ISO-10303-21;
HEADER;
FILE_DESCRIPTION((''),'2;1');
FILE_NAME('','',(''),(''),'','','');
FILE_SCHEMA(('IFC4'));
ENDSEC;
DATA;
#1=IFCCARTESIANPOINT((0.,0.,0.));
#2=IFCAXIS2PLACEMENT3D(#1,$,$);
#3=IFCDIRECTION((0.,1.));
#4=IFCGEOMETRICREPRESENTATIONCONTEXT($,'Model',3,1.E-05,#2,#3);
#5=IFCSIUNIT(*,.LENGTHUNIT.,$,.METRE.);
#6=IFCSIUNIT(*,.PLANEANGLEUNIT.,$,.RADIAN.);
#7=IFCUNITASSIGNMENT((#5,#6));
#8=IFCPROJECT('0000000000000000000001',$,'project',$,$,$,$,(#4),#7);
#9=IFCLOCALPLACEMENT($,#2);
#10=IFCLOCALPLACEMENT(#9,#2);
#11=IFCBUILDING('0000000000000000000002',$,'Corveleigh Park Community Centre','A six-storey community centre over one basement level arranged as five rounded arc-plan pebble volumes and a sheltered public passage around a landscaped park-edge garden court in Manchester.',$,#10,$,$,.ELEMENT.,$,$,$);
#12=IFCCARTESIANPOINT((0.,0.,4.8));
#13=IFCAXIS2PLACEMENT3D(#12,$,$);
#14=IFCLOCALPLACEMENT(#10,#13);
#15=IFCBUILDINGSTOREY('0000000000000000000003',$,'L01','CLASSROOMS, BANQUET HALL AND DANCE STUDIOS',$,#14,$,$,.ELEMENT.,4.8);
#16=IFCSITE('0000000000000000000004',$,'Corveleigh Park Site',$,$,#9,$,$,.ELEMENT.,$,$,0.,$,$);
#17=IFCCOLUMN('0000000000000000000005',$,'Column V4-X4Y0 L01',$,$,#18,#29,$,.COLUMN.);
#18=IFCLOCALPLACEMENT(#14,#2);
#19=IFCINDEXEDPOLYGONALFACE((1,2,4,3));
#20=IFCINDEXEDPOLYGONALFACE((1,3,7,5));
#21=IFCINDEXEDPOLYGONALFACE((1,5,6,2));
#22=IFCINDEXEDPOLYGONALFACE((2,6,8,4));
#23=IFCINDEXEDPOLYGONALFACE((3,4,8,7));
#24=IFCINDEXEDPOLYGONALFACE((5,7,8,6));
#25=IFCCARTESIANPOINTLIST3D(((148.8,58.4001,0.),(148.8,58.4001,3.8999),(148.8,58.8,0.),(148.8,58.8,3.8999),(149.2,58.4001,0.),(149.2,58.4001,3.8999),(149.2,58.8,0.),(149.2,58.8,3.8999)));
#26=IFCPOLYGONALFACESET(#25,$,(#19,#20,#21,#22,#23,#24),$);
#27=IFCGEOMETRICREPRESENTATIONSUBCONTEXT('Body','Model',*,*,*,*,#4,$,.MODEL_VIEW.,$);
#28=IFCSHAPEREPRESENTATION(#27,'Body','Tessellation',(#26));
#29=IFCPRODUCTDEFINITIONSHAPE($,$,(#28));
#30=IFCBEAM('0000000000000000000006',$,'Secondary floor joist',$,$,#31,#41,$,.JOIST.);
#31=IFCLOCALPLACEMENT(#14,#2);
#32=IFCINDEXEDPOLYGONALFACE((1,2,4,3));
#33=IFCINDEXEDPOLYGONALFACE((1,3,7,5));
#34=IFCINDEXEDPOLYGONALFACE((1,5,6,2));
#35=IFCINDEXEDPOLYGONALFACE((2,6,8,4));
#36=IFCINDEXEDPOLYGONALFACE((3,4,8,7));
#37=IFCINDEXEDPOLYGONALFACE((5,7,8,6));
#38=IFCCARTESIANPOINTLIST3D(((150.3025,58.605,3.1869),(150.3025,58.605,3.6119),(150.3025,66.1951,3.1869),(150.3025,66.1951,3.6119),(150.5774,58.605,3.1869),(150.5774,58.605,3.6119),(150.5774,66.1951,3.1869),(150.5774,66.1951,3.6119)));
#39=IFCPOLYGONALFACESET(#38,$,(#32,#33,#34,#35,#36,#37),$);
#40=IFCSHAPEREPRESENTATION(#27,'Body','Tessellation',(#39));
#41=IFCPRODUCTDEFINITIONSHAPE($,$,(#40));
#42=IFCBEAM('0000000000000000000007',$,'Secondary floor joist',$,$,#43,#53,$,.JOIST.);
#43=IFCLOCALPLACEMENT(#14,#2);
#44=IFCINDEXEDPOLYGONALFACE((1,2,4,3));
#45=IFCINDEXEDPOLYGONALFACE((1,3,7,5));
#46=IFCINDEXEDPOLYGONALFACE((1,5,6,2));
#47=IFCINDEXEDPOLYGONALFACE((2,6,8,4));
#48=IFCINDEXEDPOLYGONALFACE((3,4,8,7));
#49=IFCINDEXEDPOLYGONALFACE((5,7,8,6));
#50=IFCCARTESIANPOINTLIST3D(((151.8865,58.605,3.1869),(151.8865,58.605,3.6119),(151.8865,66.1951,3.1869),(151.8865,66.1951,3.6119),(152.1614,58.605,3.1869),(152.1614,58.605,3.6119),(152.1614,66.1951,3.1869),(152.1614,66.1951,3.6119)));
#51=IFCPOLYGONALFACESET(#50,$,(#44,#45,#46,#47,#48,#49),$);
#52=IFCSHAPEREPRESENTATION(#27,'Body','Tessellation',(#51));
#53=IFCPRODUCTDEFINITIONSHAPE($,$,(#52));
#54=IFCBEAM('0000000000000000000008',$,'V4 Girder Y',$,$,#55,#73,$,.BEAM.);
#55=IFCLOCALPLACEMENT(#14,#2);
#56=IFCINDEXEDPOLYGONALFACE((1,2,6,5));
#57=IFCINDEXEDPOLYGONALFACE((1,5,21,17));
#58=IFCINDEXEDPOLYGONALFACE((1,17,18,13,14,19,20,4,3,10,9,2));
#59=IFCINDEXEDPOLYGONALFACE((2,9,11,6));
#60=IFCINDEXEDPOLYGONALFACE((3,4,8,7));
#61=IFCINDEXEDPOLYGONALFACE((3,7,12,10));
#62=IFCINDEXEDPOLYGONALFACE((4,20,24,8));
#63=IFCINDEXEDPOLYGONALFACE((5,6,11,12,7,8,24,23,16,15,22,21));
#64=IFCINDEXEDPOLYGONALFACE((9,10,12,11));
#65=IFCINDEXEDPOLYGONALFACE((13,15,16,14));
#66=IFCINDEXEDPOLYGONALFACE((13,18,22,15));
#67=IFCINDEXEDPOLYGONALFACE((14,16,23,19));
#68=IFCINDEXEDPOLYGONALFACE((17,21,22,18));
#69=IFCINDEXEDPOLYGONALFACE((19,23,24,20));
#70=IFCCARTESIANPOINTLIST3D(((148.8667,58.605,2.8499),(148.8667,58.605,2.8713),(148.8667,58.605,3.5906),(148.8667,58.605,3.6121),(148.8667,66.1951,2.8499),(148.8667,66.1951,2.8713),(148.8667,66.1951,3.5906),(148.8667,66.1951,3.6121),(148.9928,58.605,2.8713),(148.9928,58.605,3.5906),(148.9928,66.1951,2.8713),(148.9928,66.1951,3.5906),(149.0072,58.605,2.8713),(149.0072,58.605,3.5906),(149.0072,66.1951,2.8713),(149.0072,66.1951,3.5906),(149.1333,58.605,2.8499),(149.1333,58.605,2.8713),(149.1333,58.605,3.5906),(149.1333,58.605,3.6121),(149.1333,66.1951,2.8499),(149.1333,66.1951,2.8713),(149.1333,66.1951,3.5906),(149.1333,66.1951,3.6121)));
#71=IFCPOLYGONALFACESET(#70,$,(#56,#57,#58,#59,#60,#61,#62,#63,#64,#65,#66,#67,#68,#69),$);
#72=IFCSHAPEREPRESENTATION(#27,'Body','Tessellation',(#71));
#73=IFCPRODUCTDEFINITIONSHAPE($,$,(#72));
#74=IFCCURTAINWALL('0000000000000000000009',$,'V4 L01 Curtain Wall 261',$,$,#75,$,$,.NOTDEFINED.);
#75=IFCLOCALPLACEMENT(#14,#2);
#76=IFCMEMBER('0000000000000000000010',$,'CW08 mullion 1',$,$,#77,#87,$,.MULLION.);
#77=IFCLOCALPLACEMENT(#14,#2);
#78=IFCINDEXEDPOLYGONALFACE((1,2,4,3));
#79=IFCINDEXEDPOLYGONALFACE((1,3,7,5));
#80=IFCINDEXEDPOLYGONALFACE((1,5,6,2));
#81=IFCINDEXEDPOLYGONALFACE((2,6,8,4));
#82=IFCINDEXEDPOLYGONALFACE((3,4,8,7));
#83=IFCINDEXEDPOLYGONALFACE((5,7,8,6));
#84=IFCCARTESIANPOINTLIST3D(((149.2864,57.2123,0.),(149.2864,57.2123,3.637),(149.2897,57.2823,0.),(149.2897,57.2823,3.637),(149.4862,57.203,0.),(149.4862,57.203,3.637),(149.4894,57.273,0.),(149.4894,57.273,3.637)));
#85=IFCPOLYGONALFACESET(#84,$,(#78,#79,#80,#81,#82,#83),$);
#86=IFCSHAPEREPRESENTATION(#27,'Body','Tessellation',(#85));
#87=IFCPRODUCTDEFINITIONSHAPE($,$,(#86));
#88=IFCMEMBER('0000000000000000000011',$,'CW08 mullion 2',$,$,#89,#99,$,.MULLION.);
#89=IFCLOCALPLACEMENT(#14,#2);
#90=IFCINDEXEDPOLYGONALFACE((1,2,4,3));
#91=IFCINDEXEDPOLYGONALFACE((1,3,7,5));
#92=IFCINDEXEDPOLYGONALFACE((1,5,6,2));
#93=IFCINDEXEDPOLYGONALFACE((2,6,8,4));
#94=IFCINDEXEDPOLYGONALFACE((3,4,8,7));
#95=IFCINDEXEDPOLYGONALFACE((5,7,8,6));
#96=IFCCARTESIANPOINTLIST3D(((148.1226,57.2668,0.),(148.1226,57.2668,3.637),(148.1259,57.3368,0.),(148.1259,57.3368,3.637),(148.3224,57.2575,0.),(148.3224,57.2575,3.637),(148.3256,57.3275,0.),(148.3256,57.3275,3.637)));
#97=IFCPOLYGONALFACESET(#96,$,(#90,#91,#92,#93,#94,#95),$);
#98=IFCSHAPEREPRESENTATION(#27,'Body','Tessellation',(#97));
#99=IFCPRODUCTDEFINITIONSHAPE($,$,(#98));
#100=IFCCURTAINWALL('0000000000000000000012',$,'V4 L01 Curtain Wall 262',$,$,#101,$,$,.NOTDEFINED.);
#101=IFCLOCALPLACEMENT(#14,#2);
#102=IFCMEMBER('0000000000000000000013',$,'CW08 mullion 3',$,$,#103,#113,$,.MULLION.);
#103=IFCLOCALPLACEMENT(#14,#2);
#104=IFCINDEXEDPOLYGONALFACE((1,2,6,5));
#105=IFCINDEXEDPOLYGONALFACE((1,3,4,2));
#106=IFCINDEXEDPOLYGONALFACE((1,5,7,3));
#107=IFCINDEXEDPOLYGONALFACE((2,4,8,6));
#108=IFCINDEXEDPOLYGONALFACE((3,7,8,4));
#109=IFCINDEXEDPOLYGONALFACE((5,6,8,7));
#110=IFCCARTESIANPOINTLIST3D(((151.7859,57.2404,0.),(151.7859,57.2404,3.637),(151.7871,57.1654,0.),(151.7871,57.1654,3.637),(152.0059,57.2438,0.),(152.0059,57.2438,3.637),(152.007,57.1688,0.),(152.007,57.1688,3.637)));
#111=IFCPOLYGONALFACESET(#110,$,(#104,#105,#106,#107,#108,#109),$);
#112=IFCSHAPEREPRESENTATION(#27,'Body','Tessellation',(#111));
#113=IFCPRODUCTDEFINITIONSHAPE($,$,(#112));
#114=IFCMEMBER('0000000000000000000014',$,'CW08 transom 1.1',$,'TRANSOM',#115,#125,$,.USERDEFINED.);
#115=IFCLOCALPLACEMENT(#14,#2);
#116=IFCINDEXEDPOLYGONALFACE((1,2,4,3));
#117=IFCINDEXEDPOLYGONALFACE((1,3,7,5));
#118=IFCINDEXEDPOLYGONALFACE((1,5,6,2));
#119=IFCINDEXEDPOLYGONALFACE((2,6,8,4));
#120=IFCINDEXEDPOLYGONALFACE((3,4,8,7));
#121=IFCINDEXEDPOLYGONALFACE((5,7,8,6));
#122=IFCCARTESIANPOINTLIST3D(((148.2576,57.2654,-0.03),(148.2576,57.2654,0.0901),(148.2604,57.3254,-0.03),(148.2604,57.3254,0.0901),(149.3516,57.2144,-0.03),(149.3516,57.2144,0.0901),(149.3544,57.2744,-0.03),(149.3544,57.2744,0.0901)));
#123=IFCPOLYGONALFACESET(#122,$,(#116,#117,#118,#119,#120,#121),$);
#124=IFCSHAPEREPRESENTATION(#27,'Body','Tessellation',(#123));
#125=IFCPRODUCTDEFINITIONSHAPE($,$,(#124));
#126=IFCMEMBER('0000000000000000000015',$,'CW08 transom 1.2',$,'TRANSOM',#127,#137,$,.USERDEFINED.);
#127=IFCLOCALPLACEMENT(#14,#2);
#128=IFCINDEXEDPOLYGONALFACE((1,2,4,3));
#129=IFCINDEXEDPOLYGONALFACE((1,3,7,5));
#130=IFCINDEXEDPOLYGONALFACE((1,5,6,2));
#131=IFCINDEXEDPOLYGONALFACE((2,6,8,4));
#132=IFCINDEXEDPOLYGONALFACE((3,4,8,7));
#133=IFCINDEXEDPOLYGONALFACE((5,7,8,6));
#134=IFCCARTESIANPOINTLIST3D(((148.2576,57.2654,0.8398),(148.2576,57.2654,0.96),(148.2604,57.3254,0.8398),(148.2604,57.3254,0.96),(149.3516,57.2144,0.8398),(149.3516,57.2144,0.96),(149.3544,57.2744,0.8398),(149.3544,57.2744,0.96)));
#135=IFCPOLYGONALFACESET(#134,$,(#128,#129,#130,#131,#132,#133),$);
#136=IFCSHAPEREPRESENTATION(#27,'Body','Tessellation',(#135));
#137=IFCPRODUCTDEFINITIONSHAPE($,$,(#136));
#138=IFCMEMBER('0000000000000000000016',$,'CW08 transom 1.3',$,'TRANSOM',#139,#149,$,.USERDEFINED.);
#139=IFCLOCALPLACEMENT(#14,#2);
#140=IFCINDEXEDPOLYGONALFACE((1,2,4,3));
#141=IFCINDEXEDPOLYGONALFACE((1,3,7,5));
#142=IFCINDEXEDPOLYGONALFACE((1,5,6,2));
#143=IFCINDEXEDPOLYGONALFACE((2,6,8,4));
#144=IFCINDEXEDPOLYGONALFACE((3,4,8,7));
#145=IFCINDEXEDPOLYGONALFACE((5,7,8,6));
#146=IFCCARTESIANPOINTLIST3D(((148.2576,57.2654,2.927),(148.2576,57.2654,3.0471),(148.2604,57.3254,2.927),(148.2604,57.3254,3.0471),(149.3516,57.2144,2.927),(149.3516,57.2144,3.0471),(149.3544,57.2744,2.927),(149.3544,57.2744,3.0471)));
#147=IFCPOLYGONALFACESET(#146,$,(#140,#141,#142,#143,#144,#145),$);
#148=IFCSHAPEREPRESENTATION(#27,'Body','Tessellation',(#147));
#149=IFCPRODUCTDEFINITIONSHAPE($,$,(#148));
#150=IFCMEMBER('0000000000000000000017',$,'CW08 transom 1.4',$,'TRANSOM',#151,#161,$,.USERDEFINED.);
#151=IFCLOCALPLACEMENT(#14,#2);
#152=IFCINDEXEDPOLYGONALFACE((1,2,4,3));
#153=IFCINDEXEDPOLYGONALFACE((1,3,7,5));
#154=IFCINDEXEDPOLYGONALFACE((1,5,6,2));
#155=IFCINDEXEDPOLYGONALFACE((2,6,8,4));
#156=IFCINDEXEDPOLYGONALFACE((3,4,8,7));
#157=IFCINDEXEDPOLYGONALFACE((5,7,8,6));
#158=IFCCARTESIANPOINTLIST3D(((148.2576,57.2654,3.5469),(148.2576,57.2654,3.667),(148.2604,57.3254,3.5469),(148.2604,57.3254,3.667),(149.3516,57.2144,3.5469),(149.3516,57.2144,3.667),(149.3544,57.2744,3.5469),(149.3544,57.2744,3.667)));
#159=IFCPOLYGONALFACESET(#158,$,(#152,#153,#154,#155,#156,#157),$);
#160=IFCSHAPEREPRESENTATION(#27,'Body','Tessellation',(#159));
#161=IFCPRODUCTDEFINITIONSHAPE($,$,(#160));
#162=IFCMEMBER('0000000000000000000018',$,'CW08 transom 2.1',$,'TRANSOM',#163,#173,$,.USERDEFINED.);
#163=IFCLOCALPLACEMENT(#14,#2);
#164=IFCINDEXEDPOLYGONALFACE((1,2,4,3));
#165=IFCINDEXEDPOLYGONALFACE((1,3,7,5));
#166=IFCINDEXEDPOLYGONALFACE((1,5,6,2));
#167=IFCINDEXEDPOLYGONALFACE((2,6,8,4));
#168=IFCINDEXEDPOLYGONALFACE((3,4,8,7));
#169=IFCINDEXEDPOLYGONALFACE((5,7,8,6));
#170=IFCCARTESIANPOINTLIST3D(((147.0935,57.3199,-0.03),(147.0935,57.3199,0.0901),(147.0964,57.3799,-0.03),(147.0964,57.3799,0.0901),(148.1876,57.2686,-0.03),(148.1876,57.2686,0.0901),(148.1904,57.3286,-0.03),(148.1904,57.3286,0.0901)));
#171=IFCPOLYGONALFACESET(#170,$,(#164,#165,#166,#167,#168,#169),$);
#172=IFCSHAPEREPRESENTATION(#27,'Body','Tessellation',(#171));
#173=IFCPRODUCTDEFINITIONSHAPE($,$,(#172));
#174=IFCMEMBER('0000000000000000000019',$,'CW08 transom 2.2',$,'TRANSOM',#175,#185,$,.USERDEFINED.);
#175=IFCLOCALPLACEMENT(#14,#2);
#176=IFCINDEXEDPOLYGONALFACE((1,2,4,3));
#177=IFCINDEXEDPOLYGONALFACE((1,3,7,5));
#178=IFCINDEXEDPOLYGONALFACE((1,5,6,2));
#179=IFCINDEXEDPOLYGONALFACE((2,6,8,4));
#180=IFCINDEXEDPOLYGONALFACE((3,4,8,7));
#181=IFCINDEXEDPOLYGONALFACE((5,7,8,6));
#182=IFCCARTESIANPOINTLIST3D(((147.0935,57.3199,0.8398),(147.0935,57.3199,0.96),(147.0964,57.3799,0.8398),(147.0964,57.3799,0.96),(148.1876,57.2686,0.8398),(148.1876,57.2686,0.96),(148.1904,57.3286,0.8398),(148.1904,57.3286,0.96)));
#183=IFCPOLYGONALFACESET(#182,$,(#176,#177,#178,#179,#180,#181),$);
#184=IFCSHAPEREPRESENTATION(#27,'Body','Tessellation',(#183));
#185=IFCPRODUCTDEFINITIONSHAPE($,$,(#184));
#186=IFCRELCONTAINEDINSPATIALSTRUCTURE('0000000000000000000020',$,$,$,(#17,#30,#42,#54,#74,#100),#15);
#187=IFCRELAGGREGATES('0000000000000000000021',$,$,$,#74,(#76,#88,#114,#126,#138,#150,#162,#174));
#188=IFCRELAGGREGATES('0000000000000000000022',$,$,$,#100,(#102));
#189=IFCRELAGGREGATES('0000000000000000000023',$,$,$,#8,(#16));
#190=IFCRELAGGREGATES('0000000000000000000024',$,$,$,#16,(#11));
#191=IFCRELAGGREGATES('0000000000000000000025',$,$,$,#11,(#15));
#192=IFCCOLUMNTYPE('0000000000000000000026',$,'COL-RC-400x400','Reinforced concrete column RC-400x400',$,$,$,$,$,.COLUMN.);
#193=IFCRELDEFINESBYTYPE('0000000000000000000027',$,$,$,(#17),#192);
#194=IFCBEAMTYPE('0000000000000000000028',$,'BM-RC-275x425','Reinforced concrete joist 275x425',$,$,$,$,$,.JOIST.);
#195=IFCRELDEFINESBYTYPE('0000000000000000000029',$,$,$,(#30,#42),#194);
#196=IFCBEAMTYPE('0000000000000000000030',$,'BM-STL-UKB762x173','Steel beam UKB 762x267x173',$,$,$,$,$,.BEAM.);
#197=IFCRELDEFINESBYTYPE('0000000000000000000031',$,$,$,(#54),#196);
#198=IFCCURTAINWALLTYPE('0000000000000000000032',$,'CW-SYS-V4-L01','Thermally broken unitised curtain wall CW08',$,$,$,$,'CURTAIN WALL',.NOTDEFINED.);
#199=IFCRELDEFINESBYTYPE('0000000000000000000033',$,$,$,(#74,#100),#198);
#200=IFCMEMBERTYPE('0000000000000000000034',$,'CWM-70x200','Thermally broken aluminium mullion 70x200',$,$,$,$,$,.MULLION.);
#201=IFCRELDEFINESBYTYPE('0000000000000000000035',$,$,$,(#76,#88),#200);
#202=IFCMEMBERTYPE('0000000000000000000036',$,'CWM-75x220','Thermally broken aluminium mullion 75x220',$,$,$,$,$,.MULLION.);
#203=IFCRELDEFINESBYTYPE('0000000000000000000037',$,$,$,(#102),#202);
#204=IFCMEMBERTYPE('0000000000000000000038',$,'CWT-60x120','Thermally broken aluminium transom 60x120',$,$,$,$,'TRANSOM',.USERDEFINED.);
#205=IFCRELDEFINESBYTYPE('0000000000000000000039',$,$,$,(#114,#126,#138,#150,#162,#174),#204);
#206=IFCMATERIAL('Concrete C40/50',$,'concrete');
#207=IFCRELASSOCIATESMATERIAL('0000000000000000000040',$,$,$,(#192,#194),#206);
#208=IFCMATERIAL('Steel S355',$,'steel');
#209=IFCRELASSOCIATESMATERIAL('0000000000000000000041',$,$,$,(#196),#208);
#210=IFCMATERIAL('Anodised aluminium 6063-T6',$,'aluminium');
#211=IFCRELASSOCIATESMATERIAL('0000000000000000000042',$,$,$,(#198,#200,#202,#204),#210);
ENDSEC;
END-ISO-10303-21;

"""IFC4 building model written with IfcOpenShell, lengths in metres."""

from ifc_helpers import new_model, si_unit, direction, frame, origin, origin_2d, place, context, subcontext, project, spatial, rectangle, i_section, extrude, material, material_profile, profile_set, type_object, element, aggregate, save


model = new_model("IFC4")

# Units and contexts
model_context = context("Model", 3, precision=1e-05, world=origin(), true_north=direction((0.0, 1.0)))
body_context = subcontext(model_context, "Body", "Model", "MODEL_VIEW")
ifc_project = project(units=[si_unit("LENGTHUNIT", "METRE"), si_unit("PLANEANGLEUNIT", "RADIAN")], contexts=[model_context])

# Site, building, storey
site_placement = place(None, origin())
site = spatial("IfcSite", under=ifc_project, at=site_placement, Name="Corveleigh Park Site", CompositionType="ELEMENT", RefElevation=0.0)
building_placement = place(site_placement, origin())
building = spatial("IfcBuilding", under=site, at=building_placement, Name="Corveleigh Park Community Centre", Description="A six-storey community centre over one basement level arranged as five rounded arc-plan pebble volumes and a sheltered public passage around a landscaped park-edge garden court in Manchester.", CompositionType="ELEMENT")
storey_placement = place(building_placement, frame((0.0, 0.0, 4.8)))
storey = spatial("IfcBuildingStorey", under=building, at=storey_placement, Name="L01", Description="CLASSROOMS, BANQUET HALL AND DANCE STUDIOS", CompositionType="ELEMENT", Elevation=4.8)

# Column
ifc_material_1 = material(Name="Concrete C40/50", Category="concrete")
ifc_material_profile_1 = material_profile(ifc_material_1, rectangle(XDim=0.3999, YDim=0.3999, at=origin_2d()), Name="RC-400x400", Category="concrete")
ifc_profile_set_1 = profile_set([ifc_material_profile_1], Name="Concrete C40/50")
column_type = type_object("IfcColumnType", Name="COL-RC-400x400", Description="Reinforced concrete column RC-400x400", PredefinedType="COLUMN", material=ifc_profile_set_1)
column_placement = place(storey_placement, frame((149.0, 58.6001, 0.0), z_axis=(0.0, 0.0, 1.0), x_axis=(1.0, 0.0, 0.0)))
element("IfcColumn", 1, at=column_placement, inside=storey, type_object=column_type, Name="Column V4-X4Y0 L01", PredefinedType="COLUMN", context=body_context, shape_type="SweptSolid", body=[
    extrude(rectangle(XDim=0.3999, YDim=0.3999, at=origin_2d()), origin(), (0.0, 0.0, 1.0), 3.8999),
])

# Beams
ifc_material_profile_2 = material_profile(ifc_material_1, rectangle(XDim=0.2749, YDim=0.425, at=origin_2d()), Name="RC-275x425", Category="concrete")
ifc_profile_set_2 = profile_set([ifc_material_profile_2], Name="Concrete C40/50")
beam_type_1 = type_object("IfcBeamType", Name="BM-RC-275x425", Description="Reinforced concrete joist 275x425", PredefinedType="JOIST", material=ifc_profile_set_2)
for number, where, z_axis, x_axis, name in (
    (2, (150.4399, 58.605, 3.3994), (0.0, 1.0, 0.0), (-1.0, 0.0, 0.0), "Secondary floor joist"),
    (3, (152.0239, 58.605, 3.3994), (0.0, 1.0, 0.0), (-1.0, 0.0, 0.0), "Secondary floor joist"),
):
    element("IfcBeam", number, at=place(storey_placement, frame(where, z_axis=z_axis, x_axis=x_axis)), inside=storey, type_object=beam_type_1, Name=name, PredefinedType="JOIST", context=body_context, shape_type="SweptSolid", body=[
        extrude(rectangle(XDim=0.2749, YDim=0.425, at=origin_2d()), origin(), (0.0, 0.0, 1.0), 7.5901),
    ])
ifc_material_2 = material(Name="Steel S355", Category="steel")
ifc_material_profile_3 = material_profile(ifc_material_2, i_section(OverallWidth=0.2666, OverallDepth=0.7622, WebThickness=0.0144, FlangeThickness=0.0215, at=origin_2d()), Name="UKB 762x267x173", Category="steel")
ifc_profile_set_3 = profile_set([ifc_material_profile_3], Name="Steel S355")
beam_type_2 = type_object("IfcBeamType", Name="BM-STL-UKB762x173", Description="Steel beam UKB 762x267x173", PredefinedType="BEAM", material=ifc_profile_set_3)
beam_1_placement = place(storey_placement, frame((149.0, 58.605, 3.231), z_axis=(0.0, 1.0, 0.0), x_axis=(-1.0, 0.0, 0.0)))
element("IfcBeam", 4, at=beam_1_placement, inside=storey, type_object=beam_type_2, Name="V4 Girder Y", PredefinedType="BEAM", context=body_context, shape_type="SweptSolid", body=[
    extrude(i_section(OverallWidth=0.2666, OverallDepth=0.7622, WebThickness=0.0144, FlangeThickness=0.0215, at=origin_2d()), origin(), (0.0, 0.0, 1.0), 7.5901),
])

# Curtain wall, members
ifc_material_3 = material(Name="Anodised aluminium 6063-T6", Category="aluminium")
curtain_wall_type = type_object("IfcCurtainWallType", Name="CW-SYS-V4-L01", Description="Thermally broken unitised curtain wall CW08", ElementType="CURTAIN WALL", PredefinedType="NOTDEFINED", material=ifc_material_3)
curtain_wall_1_placement = place(storey_placement, origin())
curtain_wall_1 = element("IfcCurtainWall", 5, at=curtain_wall_1_placement, inside=storey, type_object=curtain_wall_type, Name="V4 L01 Curtain Wall 261", PredefinedType="NOTDEFINED")
ifc_material_profile_4 = material_profile(ifc_material_3, rectangle(XDim=0.0701, YDim=0.2, at=origin_2d()), Name="ALU-M70x200", Category="aluminium")
ifc_profile_set_4 = profile_set([ifc_material_profile_4], Name="Anodised aluminium 6063-T6")
member_type_1 = type_object("IfcMemberType", Name="CWM-70x200", Description="Thermally broken aluminium mullion 70x200", PredefinedType="MULLION", material=ifc_profile_set_4)
member_1_placement = place(storey_placement, frame((149.3879, 57.2427, 0.0), z_axis=(0.0, 0.0, 1.0), x_axis=(-0.046655, -0.998911, 0.0)))
member_1 = element("IfcMember", 6, at=member_1_placement, type_object=member_type_1, Name="CW08 mullion 1", PredefinedType="MULLION", context=body_context, shape_type="SweptSolid", body=[
    extrude(rectangle(XDim=0.0701, YDim=0.2, at=origin_2d()), origin(), (0.0, 0.0, 1.0), 3.637),
])
member_2_placement = place(storey_placement, frame((148.2241, 57.2971, 0.0), z_axis=(0.0, 0.0, 1.0), x_axis=(-0.046655, -0.998911, 0.0)))
member_2 = element("IfcMember", 7, at=member_2_placement, type_object=member_type_1, Name="CW08 mullion 2", PredefinedType="MULLION", context=body_context, shape_type="SweptSolid", body=[
    extrude(rectangle(XDim=0.0701, YDim=0.2, at=origin_2d()), origin(), (0.0, 0.0, 1.0), 3.637),
])

# Curtain wall, member
curtain_wall_2_placement = place(storey_placement, origin())
curtain_wall_2 = element("IfcCurtainWall", 8, at=curtain_wall_2_placement, inside=storey, type_object=curtain_wall_type, Name="V4 L01 Curtain Wall 262", PredefinedType="NOTDEFINED")
ifc_material_profile_5 = material_profile(ifc_material_3, rectangle(XDim=0.075, YDim=0.22, at=origin_2d()), Name="ALU-M75x220", Category="aluminium")
ifc_profile_set_5 = profile_set([ifc_material_profile_5], Name="Anodised aluminium 6063-T6")
member_type_2 = type_object("IfcMemberType", Name="CWM-75x220", Description="Thermally broken aluminium mullion 75x220", PredefinedType="MULLION", material=ifc_profile_set_5)
member_3_placement = place(storey_placement, frame((151.8965, 57.2046, 0.0), z_axis=(0.0, 0.0, 1.0), x_axis=(0.015415, -0.999881, 0.0)))
member_3 = element("IfcMember", 9, at=member_3_placement, type_object=member_type_2, Name="CW08 mullion 3", PredefinedType="MULLION", context=body_context, shape_type="SweptSolid", body=[
    extrude(rectangle(XDim=0.075, YDim=0.22, at=origin_2d()), origin(), (0.0, 0.0, 1.0), 3.637),
])

# Members
ifc_material_profile_6 = material_profile(ifc_material_3, rectangle(XDim=0.0601, YDim=0.1201, at=origin_2d()), Name="ALU-T60x120", Category="aluminium")
ifc_profile_set_6 = profile_set([ifc_material_profile_6], Name="Anodised aluminium 6063-T6")
member_type_3 = type_object("IfcMemberType", Name="CWT-60x120", Description="Thermally broken aluminium transom 60x120", ElementType="TRANSOM", PredefinedType="USERDEFINED", material=ifc_profile_set_6)
member_4_placement = place(storey_placement, frame((149.353, 57.2444, 0.03), z_axis=(-0.998914, 0.046591, 0.0), x_axis=(-0.046591, -0.998914, 0.0)))
member_4 = element("IfcMember", 10, at=member_4_placement, type_object=member_type_3, Name="CW08 transom 1.1", ObjectType="TRANSOM", PredefinedType="USERDEFINED", context=body_context, shape_type="SweptSolid", body=[
    extrude(rectangle(XDim=0.0601, YDim=0.1201, at=origin_2d()), origin(), (0.0, 0.0, 1.0), 1.0952),
])
member_5_placement = place(storey_placement, frame((149.353, 57.2444, 0.8999), z_axis=(-0.998914, 0.046591, 0.0), x_axis=(-0.046591, -0.998914, 0.0)))
member_5 = element("IfcMember", 11, at=member_5_placement, type_object=member_type_3, Name="CW08 transom 1.2", ObjectType="TRANSOM", PredefinedType="USERDEFINED", context=body_context, shape_type="SweptSolid", body=[
    extrude(rectangle(XDim=0.0601, YDim=0.1201, at=origin_2d()), origin(), (0.0, 0.0, 1.0), 1.0952),
])
member_6_placement = place(storey_placement, frame((149.353, 57.2444, 2.9871), z_axis=(-0.998914, 0.046591, 0.0), x_axis=(-0.046591, -0.998914, 0.0)))
member_6 = element("IfcMember", 12, at=member_6_placement, type_object=member_type_3, Name="CW08 transom 1.3", ObjectType="TRANSOM", PredefinedType="USERDEFINED", context=body_context, shape_type="SweptSolid", body=[
    extrude(rectangle(XDim=0.0601, YDim=0.1201, at=origin_2d()), origin(), (0.0, 0.0, 1.0), 1.0952),
])
member_7_placement = place(storey_placement, frame((149.353, 57.2444, 3.6069), z_axis=(-0.998914, 0.046591, 0.0), x_axis=(-0.046591, -0.998914, 0.0)))
member_7 = element("IfcMember", 13, at=member_7_placement, type_object=member_type_3, Name="CW08 transom 1.4", ObjectType="TRANSOM", PredefinedType="USERDEFINED", context=body_context, shape_type="SweptSolid", body=[
    extrude(rectangle(XDim=0.0601, YDim=0.1201, at=origin_2d()), origin(), (0.0, 0.0, 1.0), 1.0952),
])
member_8_placement = place(storey_placement, frame((148.189, 57.2986, 0.03), z_axis=(-0.998904, 0.046813, 0.0), x_axis=(-0.046813, -0.998904, 0.0)))
member_8 = element("IfcMember", 14, at=member_8_placement, type_object=member_type_3, Name="CW08 transom 2.1", ObjectType="TRANSOM", PredefinedType="USERDEFINED", context=body_context, shape_type="SweptSolid", body=[
    extrude(rectangle(XDim=0.0601, YDim=0.1201, at=origin_2d()), origin(), (0.0, 0.0, 1.0), 1.0952),
])
member_9_placement = place(storey_placement, frame((148.189, 57.2986, 0.8999), z_axis=(-0.998904, 0.046813, 0.0), x_axis=(-0.046813, -0.998904, 0.0)))
member_9 = element("IfcMember", 15, at=member_9_placement, type_object=member_type_3, Name="CW08 transom 2.2", ObjectType="TRANSOM", PredefinedType="USERDEFINED", context=body_context, shape_type="SweptSolid", body=[
    extrude(rectangle(XDim=0.0601, YDim=0.1201, at=origin_2d()), origin(), (0.0, 0.0, 1.0), 1.0952),
])

aggregate(curtain_wall_1, [member_1, member_2, member_4, member_5, member_6, member_7, member_8, member_9])
aggregate(curtain_wall_2, [member_3])

save(model, "model.ifc")
